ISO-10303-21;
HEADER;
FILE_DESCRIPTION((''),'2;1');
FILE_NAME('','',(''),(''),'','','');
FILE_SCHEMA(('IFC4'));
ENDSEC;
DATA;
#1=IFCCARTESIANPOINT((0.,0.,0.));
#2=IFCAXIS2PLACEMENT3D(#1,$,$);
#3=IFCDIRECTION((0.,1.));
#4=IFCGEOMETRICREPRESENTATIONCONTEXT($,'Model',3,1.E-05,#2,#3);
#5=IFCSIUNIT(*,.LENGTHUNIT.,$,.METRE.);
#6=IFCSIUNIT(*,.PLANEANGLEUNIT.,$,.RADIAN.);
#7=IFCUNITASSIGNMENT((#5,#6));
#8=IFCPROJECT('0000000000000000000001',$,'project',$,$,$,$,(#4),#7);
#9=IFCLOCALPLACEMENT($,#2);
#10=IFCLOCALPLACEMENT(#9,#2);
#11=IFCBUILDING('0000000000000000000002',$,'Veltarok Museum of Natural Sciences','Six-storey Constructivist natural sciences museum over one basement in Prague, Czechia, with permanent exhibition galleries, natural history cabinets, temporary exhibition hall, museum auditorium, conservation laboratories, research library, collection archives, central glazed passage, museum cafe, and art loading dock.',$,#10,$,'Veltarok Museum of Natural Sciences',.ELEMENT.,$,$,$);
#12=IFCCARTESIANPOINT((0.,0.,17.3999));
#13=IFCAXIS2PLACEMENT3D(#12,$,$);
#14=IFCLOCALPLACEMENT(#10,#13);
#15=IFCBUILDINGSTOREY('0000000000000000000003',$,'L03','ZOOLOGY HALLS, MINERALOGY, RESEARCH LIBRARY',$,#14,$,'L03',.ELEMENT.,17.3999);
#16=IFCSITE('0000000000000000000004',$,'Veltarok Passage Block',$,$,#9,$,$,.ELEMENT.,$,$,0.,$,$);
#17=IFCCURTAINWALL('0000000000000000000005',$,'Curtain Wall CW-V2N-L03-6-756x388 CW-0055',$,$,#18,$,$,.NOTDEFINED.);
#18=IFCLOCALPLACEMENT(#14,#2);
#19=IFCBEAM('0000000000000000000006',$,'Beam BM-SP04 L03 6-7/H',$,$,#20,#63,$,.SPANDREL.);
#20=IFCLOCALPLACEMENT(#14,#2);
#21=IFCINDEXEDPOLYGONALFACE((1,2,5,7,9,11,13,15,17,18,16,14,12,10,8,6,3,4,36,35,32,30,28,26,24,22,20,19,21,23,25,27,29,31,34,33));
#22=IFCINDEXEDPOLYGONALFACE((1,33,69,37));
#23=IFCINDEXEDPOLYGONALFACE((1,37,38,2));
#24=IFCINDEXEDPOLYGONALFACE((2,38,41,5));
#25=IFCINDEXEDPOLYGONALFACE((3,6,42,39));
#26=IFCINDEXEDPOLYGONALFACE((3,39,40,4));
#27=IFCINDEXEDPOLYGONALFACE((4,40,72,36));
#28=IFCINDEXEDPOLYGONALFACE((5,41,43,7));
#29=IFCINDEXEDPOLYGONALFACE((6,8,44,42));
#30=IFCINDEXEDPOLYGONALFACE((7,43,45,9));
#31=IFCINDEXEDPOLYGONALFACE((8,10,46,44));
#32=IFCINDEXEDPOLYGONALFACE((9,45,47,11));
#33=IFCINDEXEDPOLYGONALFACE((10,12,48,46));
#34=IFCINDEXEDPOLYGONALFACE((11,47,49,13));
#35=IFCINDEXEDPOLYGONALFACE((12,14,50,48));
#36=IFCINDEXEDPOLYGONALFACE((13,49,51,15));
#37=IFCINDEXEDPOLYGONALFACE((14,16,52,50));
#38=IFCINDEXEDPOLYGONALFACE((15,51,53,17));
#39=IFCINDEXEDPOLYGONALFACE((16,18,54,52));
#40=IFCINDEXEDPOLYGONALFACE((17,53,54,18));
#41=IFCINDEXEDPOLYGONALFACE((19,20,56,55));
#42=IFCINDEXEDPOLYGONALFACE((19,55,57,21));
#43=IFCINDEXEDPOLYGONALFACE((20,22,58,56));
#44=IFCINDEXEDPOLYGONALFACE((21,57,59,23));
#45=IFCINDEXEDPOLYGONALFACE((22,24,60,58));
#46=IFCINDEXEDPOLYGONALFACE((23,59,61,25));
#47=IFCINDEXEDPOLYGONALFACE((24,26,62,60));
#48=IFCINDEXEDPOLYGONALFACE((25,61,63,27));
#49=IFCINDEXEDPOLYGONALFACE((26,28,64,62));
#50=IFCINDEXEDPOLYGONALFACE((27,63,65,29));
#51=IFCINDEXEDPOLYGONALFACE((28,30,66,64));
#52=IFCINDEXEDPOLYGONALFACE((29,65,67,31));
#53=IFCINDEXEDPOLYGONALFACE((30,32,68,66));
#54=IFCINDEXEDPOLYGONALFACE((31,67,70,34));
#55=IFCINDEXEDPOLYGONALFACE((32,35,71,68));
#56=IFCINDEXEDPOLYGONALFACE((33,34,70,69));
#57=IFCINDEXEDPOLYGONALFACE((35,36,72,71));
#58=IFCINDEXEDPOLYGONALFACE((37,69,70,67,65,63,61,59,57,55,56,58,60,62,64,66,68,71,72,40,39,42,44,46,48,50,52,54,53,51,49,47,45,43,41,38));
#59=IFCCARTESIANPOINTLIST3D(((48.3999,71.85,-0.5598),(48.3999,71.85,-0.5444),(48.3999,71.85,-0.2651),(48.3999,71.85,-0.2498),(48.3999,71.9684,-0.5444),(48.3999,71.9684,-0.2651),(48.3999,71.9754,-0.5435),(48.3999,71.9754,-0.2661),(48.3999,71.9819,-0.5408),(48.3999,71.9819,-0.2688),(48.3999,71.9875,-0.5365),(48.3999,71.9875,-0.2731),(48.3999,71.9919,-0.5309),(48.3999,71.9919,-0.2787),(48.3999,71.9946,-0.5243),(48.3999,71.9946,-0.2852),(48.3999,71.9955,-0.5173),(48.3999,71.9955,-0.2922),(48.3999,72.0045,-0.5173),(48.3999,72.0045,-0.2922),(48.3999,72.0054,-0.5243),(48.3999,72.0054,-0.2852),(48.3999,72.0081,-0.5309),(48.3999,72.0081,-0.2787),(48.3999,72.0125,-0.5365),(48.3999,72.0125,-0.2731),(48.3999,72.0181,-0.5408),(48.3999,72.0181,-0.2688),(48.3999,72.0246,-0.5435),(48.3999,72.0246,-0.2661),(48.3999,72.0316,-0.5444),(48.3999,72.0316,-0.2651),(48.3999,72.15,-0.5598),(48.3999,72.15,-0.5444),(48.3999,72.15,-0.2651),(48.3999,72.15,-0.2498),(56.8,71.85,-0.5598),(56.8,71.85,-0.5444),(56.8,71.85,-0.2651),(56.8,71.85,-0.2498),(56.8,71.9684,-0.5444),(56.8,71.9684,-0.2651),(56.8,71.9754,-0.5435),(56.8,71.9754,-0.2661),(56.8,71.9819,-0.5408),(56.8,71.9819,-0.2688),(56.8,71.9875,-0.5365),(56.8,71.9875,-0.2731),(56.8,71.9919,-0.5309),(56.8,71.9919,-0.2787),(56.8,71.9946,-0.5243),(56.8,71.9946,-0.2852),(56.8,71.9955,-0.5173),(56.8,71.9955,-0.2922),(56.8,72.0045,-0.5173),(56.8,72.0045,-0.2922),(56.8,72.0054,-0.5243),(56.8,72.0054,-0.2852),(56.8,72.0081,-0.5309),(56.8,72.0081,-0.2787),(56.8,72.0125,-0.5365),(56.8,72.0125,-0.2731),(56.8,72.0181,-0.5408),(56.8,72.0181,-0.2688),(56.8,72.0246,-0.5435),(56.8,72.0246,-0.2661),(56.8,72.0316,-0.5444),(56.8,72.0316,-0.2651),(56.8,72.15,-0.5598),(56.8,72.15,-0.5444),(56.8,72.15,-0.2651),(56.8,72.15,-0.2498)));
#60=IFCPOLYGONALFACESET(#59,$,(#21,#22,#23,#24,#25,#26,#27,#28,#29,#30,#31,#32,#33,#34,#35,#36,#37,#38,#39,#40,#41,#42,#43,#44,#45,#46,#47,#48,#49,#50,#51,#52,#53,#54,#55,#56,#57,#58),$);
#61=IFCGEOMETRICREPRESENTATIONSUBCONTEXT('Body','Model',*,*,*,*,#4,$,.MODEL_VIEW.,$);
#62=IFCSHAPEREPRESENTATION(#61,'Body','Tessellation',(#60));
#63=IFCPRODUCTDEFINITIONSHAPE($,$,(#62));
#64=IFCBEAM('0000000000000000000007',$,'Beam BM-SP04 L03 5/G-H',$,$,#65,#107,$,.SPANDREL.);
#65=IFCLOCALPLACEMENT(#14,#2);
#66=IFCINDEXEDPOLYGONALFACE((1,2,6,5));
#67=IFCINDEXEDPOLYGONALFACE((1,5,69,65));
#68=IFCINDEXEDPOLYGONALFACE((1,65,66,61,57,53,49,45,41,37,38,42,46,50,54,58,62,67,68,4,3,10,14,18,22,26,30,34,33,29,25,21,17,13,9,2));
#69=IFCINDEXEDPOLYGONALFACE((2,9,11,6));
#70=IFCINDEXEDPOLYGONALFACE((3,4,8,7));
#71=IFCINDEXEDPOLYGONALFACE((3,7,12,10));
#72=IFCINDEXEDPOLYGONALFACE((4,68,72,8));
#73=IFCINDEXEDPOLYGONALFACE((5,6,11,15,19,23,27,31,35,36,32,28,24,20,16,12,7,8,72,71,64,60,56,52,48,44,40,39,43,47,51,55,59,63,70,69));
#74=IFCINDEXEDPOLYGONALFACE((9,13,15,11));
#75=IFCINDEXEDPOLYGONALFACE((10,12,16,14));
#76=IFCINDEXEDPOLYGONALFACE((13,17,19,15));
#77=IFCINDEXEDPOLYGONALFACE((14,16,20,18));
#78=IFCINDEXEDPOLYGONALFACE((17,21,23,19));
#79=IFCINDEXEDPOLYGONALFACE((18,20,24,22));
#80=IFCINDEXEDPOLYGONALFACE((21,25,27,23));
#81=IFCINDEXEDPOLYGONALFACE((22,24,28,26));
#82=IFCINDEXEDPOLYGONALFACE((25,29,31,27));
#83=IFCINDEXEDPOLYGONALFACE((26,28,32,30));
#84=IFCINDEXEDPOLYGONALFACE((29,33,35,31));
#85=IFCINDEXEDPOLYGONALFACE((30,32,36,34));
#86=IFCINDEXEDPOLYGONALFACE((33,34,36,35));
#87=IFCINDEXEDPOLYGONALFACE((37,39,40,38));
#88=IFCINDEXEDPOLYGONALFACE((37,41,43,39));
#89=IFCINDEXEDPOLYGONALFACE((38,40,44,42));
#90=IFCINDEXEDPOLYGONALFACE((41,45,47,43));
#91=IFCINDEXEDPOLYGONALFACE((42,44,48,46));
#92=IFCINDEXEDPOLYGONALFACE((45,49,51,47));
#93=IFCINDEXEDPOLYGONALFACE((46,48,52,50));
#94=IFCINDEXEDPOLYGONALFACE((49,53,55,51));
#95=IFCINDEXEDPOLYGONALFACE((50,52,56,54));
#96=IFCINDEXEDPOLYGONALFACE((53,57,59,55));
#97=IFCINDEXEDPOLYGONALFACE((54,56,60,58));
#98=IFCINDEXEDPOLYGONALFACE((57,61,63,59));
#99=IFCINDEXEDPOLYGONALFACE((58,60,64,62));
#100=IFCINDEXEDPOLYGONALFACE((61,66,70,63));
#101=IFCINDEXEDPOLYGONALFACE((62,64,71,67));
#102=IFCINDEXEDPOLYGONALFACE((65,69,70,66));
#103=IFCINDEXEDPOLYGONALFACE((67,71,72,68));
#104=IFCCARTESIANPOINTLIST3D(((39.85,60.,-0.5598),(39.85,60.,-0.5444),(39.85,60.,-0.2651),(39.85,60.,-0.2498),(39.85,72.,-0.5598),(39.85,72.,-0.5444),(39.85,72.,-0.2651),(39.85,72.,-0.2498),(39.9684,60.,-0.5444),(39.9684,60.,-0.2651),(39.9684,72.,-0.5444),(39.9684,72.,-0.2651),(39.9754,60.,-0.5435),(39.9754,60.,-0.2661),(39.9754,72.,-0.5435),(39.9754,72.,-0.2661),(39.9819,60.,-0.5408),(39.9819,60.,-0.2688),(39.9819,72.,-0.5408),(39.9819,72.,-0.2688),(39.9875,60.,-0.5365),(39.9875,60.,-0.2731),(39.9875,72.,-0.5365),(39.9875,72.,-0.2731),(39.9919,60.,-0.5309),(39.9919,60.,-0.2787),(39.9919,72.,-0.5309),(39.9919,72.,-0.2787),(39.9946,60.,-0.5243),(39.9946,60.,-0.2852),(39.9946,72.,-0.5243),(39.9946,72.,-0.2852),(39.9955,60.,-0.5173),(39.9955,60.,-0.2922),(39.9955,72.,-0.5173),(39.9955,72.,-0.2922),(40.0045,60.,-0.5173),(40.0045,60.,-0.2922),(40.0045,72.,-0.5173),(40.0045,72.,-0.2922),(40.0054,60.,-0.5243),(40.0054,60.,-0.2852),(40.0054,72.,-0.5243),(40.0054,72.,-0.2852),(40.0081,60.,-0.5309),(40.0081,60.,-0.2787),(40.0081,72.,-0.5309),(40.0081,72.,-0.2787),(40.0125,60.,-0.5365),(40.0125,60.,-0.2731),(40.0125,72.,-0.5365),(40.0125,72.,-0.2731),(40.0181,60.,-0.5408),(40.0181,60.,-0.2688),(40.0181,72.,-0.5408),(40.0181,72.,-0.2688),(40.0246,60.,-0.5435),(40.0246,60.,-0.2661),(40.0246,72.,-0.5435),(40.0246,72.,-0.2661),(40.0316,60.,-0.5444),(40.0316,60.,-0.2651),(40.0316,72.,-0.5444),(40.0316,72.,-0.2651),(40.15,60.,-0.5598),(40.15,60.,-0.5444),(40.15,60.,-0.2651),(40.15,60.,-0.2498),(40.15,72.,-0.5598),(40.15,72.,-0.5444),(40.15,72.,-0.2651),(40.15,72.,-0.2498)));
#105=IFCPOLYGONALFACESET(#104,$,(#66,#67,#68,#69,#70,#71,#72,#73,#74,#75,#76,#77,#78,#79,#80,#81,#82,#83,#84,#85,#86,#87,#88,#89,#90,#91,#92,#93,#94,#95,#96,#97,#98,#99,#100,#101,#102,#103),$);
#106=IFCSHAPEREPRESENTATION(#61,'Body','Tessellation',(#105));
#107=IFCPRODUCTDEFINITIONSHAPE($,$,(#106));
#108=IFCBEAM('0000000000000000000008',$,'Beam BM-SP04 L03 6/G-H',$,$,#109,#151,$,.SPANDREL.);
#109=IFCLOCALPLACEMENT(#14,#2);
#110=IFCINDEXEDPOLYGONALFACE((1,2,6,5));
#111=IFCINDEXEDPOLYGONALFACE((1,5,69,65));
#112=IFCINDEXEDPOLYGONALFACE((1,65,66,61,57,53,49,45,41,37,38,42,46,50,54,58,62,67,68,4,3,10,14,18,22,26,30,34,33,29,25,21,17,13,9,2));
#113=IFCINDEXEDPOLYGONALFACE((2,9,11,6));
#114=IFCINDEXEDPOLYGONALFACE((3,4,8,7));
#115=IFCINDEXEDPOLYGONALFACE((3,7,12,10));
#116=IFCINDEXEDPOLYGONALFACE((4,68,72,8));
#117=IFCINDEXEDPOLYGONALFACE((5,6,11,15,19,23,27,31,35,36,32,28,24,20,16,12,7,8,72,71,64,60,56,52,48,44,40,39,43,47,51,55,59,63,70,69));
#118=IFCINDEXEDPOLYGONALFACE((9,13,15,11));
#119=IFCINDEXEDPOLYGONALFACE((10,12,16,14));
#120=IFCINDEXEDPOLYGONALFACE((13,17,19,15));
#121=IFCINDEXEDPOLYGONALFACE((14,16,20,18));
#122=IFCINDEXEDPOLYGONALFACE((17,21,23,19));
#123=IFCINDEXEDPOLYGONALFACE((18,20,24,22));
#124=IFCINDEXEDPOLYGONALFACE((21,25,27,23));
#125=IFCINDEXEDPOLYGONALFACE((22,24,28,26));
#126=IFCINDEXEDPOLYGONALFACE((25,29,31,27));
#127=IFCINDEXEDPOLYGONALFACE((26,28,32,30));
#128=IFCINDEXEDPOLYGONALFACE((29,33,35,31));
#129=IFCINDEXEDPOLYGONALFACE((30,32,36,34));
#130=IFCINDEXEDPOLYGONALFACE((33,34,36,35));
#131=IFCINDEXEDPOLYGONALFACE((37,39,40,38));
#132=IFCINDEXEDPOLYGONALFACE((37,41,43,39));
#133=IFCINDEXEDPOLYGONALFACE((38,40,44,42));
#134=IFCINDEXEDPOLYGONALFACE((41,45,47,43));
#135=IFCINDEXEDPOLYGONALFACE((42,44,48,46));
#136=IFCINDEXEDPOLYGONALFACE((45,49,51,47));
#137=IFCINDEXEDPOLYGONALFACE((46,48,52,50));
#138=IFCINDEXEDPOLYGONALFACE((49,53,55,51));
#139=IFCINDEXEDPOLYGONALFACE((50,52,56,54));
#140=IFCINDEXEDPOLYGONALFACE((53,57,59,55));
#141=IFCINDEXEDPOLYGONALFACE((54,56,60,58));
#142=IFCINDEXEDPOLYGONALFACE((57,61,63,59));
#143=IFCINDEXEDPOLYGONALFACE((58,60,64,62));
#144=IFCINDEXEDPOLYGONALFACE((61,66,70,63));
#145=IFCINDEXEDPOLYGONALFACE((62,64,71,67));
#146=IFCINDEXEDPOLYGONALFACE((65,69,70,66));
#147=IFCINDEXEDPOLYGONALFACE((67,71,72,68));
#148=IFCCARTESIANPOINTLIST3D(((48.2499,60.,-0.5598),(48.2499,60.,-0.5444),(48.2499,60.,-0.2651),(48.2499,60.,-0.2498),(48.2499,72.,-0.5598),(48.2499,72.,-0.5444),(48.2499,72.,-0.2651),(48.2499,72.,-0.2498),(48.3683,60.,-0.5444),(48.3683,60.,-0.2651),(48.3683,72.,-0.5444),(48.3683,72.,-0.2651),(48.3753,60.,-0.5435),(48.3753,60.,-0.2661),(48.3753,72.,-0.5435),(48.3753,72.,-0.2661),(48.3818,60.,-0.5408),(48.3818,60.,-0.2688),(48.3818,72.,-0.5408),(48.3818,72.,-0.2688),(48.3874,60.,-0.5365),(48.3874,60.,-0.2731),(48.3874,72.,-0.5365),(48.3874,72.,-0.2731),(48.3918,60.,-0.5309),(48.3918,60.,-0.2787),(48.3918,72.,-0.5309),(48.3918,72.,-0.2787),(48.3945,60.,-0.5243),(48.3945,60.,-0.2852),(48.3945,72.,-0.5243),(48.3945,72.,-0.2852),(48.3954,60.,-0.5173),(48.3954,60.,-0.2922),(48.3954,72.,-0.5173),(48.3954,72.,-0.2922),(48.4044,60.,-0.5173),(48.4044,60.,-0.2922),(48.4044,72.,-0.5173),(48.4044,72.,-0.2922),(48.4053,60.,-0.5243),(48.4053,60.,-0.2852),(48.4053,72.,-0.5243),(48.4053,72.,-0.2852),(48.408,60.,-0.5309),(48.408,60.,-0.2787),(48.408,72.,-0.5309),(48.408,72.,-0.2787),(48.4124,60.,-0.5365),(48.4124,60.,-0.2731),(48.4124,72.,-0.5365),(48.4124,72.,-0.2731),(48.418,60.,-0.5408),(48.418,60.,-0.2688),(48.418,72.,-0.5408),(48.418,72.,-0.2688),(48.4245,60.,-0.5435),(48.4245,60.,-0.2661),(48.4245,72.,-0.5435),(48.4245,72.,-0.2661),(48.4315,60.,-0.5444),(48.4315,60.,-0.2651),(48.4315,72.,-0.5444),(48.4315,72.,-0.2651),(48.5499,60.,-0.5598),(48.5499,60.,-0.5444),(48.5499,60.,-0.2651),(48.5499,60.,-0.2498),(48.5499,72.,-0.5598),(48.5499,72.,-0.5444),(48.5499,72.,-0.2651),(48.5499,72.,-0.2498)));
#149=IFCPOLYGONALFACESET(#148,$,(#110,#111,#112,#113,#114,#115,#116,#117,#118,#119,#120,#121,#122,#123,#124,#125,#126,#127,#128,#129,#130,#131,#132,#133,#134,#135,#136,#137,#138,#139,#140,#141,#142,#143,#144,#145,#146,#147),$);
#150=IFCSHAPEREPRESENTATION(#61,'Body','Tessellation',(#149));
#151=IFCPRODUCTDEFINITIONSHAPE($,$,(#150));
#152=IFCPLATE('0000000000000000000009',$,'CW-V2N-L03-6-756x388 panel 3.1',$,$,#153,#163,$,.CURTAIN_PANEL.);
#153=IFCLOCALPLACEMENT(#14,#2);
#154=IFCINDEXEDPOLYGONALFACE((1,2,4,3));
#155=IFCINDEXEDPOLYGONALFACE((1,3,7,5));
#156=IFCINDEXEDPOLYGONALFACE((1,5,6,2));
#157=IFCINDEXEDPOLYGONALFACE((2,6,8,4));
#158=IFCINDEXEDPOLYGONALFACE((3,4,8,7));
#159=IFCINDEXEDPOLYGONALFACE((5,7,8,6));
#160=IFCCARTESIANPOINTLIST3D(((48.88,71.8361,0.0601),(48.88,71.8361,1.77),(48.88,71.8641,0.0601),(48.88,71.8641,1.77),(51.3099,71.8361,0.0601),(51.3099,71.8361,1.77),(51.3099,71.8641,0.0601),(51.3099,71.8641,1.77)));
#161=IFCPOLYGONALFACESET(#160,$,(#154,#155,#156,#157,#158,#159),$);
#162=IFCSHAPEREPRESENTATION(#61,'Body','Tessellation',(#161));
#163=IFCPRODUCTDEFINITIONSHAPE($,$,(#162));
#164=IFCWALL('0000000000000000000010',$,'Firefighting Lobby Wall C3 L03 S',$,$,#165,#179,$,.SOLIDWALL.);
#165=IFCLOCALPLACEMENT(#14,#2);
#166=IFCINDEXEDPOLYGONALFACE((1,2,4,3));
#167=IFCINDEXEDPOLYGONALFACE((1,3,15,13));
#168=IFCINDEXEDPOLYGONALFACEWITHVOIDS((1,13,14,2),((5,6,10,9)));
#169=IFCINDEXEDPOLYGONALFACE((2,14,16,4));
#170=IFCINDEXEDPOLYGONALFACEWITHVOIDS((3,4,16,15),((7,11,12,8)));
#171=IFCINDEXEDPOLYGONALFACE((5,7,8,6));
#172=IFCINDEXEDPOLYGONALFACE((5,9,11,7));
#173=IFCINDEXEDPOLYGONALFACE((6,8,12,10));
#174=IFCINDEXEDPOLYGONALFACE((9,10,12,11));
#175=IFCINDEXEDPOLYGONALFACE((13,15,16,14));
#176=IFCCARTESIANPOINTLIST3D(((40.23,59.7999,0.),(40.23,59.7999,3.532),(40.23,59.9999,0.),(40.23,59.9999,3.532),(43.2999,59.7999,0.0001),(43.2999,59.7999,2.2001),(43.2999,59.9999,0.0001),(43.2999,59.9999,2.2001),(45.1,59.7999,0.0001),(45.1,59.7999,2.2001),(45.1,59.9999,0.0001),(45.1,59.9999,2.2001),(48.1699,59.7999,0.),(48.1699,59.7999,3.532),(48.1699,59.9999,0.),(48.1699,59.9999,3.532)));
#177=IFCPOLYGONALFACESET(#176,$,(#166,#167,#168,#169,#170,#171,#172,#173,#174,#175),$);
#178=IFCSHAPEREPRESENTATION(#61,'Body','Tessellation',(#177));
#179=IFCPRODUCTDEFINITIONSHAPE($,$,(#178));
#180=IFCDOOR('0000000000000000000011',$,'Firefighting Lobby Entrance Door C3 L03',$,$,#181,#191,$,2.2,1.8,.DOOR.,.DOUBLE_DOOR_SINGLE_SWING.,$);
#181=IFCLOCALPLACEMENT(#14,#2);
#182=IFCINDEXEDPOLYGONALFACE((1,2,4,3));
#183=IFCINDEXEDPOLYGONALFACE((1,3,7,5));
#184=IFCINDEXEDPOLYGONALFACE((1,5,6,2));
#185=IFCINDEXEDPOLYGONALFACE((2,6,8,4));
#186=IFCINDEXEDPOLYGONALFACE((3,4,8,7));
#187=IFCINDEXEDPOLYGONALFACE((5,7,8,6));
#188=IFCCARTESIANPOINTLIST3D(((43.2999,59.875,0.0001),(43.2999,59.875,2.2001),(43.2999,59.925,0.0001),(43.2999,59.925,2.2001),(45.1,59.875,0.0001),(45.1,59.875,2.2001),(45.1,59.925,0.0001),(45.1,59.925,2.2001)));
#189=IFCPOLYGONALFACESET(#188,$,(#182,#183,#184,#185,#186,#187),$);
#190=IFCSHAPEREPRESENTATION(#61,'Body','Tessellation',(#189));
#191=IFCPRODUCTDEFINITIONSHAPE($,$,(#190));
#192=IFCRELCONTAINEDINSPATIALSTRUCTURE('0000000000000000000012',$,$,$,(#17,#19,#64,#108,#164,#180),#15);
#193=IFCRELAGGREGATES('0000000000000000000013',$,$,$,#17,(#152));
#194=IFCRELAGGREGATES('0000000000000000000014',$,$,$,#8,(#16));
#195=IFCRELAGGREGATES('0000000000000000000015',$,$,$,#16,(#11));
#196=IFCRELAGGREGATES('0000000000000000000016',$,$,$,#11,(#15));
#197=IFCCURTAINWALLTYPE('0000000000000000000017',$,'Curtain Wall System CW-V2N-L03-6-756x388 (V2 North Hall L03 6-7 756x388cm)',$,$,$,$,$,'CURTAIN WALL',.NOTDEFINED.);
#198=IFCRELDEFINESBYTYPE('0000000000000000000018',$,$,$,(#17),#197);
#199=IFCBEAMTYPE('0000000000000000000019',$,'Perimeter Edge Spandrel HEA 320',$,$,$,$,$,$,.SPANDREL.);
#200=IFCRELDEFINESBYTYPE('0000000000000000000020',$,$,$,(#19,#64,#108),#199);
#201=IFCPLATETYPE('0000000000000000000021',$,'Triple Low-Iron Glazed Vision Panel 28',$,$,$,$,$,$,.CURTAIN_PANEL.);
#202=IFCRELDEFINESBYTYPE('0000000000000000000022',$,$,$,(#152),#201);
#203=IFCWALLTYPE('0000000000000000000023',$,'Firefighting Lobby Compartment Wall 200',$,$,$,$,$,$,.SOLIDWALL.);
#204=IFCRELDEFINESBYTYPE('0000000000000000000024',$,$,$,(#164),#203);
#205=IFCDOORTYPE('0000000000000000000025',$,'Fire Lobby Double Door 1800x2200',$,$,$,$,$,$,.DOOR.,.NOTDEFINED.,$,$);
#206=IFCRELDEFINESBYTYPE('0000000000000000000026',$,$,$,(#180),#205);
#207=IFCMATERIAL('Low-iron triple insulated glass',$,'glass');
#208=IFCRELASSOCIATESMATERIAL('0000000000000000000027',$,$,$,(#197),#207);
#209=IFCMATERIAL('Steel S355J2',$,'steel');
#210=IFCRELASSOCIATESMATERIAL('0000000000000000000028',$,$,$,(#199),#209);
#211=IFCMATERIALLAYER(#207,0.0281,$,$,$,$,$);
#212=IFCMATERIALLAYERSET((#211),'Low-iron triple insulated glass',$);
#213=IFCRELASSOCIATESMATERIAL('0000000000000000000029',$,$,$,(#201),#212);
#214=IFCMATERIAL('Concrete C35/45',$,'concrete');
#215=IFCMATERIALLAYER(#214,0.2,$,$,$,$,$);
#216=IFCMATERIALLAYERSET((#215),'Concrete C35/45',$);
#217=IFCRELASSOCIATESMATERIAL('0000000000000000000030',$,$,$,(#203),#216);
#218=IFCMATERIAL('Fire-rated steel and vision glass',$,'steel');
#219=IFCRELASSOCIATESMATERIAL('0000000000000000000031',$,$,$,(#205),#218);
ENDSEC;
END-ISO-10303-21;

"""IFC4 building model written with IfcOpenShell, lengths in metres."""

from ifc_helpers import new_model, si_unit, direction, frame, frame_2d, origin, origin_2d, place, context, subcontext, project, spatial, rectangle, i_section, extrude, material, layer, layer_set, material_profile, profile_set, type_object, element, fill, aggregate, save


model = new_model("IFC4")

# Units and contexts
model_context = context("Model", 3, precision=1e-05, world=origin(), true_north=direction((0.0, 1.0)))
body_context = subcontext(model_context, "Body", "Model", "MODEL_VIEW")
ifc_project = project(units=[si_unit("LENGTHUNIT", "METRE"), si_unit("PLANEANGLEUNIT", "RADIAN")], contexts=[model_context])

# Site, building, storey
site_placement = place(None, origin())
site = spatial("IfcSite", under=ifc_project, at=site_placement, Name="Veltarok Passage Block", CompositionType="ELEMENT", RefElevation=0.0)
building_placement = place(site_placement, origin())
building = spatial("IfcBuilding", under=site, at=building_placement, Name="Veltarok Museum of Natural Sciences", Description="Six-storey Constructivist natural sciences museum over one basement in Prague, Czechia, with permanent exhibition galleries, natural history cabinets, temporary exhibition hall, museum auditorium, conservation laboratories, research library, collection archives, central glazed passage, museum cafe, and art loading dock.", LongName="Veltarok Museum of Natural Sciences", CompositionType="ELEMENT")
storey_placement = place(building_placement, frame((0.0, 0.0, 17.3999)))
storey = spatial("IfcBuildingStorey", under=building, at=storey_placement, Name="L03", Description="ZOOLOGY HALLS, MINERALOGY, RESEARCH LIBRARY", LongName="L03", CompositionType="ELEMENT", Elevation=17.3999)

# Shared definitions
ifc_material_1 = material(Name="Steel S355J2", Category="steel")

# Curtain wall
ifc_material_2 = material(Name="Low-iron triple insulated glass", Category="glass")
curtain_wall_type_1 = type_object("IfcCurtainWallType", Name="Curtain Wall System CW-V2N-L03-6-756x388 (V2 North Hall L03 6-7 756x388cm)", ElementType="CURTAIN WALL", PredefinedType="NOTDEFINED", material=ifc_material_2)
curtain_wall_1_placement = place(storey_placement, origin())
curtain_wall_1 = element("IfcCurtainWall", 1, at=curtain_wall_1_placement, inside=storey, type_object=curtain_wall_type_1, Name="Curtain Wall CW-V2N-L03-6-756x388 CW-0055", PredefinedType="NOTDEFINED")

# Beams
ifc_material_profile_1 = material_profile(ifc_material_1, i_section(OverallWidth=0.3, OverallDepth=0.3101, WebThickness=0.009, FlangeThickness=0.0154, FilletRadius=0.0271, at=origin_2d()), Name="HEA 320")
ifc_profile_set_1 = profile_set([ifc_material_profile_1], Name="Steel S355J2")
beam_type_1 = type_object("IfcBeamType", Name="Perimeter Edge Spandrel HEA 320", PredefinedType="SPANDREL", material=ifc_profile_set_1)
beam_1_placement = place(storey_placement, frame((48.3999, 72.0, -0.4048), z_axis=(1.0, 0.0, 0.0), x_axis=(0.0, 1.0, 0.0)))
element("IfcBeam", 2, at=beam_1_placement, inside=storey, type_object=beam_type_1, Name="Beam BM-SP04 L03 6-7/H", PredefinedType="SPANDREL", context=body_context, shape_type="SweptSolid", body=[
    extrude(i_section(OverallWidth=0.3, OverallDepth=0.3101, WebThickness=0.009, FlangeThickness=0.0154, FilletRadius=0.0271, at=origin_2d()), origin(), (0.0, 0.0, 1.0), 8.4001),
])
for number, where, z_axis, x_axis, name in (
    (3, (40.0, 60.0, -0.4048), (0.0, 1.0, 0.0), (-1.0, 0.0, 0.0), "Beam BM-SP04 L03 5/G-H"),
    (4, (48.3999, 60.0, -0.4048), (0.0, 1.0, 0.0), (-1.0, 0.0, 0.0), "Beam BM-SP04 L03 6/G-H"),
):
    element("IfcBeam", number, at=place(storey_placement, frame(where, z_axis=z_axis, x_axis=x_axis)), inside=storey, type_object=beam_type_1, Name=name, PredefinedType="SPANDREL", context=body_context, shape_type="SweptSolid", body=[
        extrude(i_section(OverallWidth=0.3, OverallDepth=0.3101, WebThickness=0.009, FlangeThickness=0.0154, FilletRadius=0.0271, at=origin_2d()), origin(), (0.0, 0.0, 1.0), 12.0),
    ])

# Plate
ifc_layer_1 = layer(ifc_material_2, 0.0281)
ifc_layer_set_1 = layer_set([ifc_layer_1], Name="Low-iron triple insulated glass")
plate_type = type_object("IfcPlateType", Name="Triple Low-Iron Glazed Vision Panel 28", PredefinedType="CURTAIN_PANEL", material=ifc_layer_set_1)
plate_placement = place(storey_placement, frame((50.095, 71.8501, 0.0601), z_axis=(0.0, 0.0, 1.0), x_axis=(-1.0, 0.0, 0.0)))
plate = element("IfcPlate", 5, at=plate_placement, type_object=plate_type, Name="CW-V2N-L03-6-756x388 panel 3.1", PredefinedType="CURTAIN_PANEL", context=body_context, shape_type="SweptSolid", body=[
    extrude(rectangle(XDim=2.4299, YDim=0.0281, at=origin_2d()), origin(), (0.0, 0.0, 1.0), 1.71),
])
aggregate(curtain_wall_1, [plate])

# Wall, opening, door
ifc_material_3 = material(Name="Concrete C35/45", Category="concrete")
ifc_layer_2 = layer(ifc_material_3, 0.2)
ifc_layer_set_2 = layer_set([ifc_layer_2], Name="Concrete C35/45")
wall_type_1 = type_object("IfcWallType", Name="Firefighting Lobby Compartment Wall 200", PredefinedType="SOLIDWALL", material=ifc_layer_set_2)
wall_1_placement = place(storey_placement, frame((48.1699, 59.8999, 0.0), z_axis=(0.0, 0.0, 1.0), x_axis=(-1.0, 0.0, 0.0)))
wall_1 = element("IfcWall", 6, at=wall_1_placement, inside=storey, type_object=wall_type_1, Name="Firefighting Lobby Wall C3 L03 S", PredefinedType="SOLIDWALL", context=body_context, shape_type="SweptSolid", body=[
    extrude(rectangle(XDim=7.9399, YDim=0.2, at=frame_2d((3.97, 0.0))), origin(), (0.0, 0.0, 1.0), 3.532),
])
opening_1_placement = place(wall_1_placement, frame((3.0701, 0.0, 0.0)))
opening_1 = element("IfcOpeningElement", 7, at=opening_1_placement, cuts=wall_1, PredefinedType="OPENING", context=body_context, shape_type="SweptSolid", body=[
    extrude(rectangle(XDim=1.8, YDim=2.2, at=frame_2d((0.8999, 1.1001))), frame((0.0, 0.1099, 0.0), z_axis=(0.0, -1.0, 0.0), x_axis=(1.0, 0.0, 0.0)), (0.0, 0.0, 1.0), 0.22),
])
ifc_material_4 = material(Name="Fire-rated steel and vision glass", Category="steel")
door_type_1 = type_object("IfcDoorType", Name="Fire Lobby Double Door 1800x2200", OperationType="NOTDEFINED", PredefinedType="DOOR", material=ifc_material_4)
door_1_placement = place(opening_1_placement, origin())
door_1 = element("IfcDoor", 8, at=door_1_placement, inside=storey, type_object=door_type_1, Name="Firefighting Lobby Entrance Door C3 L03", OperationType="DOUBLE_DOOR_SINGLE_SWING", OverallHeight=2.2, OverallWidth=1.8, PredefinedType="DOOR", context=body_context, shape_type="SweptSolid", body=[
    extrude(rectangle(XDim=1.8, YDim=2.2, at=frame_2d((0.8999, 1.1001))), frame((0.0, 0.0249, 0.0), z_axis=(0.0, -1.0, 0.0), x_axis=(1.0, 0.0, 0.0)), (0.0, 0.0, 1.0), 0.05),
])
fill(opening_1, door_1)

save(model, "model.ifc")
